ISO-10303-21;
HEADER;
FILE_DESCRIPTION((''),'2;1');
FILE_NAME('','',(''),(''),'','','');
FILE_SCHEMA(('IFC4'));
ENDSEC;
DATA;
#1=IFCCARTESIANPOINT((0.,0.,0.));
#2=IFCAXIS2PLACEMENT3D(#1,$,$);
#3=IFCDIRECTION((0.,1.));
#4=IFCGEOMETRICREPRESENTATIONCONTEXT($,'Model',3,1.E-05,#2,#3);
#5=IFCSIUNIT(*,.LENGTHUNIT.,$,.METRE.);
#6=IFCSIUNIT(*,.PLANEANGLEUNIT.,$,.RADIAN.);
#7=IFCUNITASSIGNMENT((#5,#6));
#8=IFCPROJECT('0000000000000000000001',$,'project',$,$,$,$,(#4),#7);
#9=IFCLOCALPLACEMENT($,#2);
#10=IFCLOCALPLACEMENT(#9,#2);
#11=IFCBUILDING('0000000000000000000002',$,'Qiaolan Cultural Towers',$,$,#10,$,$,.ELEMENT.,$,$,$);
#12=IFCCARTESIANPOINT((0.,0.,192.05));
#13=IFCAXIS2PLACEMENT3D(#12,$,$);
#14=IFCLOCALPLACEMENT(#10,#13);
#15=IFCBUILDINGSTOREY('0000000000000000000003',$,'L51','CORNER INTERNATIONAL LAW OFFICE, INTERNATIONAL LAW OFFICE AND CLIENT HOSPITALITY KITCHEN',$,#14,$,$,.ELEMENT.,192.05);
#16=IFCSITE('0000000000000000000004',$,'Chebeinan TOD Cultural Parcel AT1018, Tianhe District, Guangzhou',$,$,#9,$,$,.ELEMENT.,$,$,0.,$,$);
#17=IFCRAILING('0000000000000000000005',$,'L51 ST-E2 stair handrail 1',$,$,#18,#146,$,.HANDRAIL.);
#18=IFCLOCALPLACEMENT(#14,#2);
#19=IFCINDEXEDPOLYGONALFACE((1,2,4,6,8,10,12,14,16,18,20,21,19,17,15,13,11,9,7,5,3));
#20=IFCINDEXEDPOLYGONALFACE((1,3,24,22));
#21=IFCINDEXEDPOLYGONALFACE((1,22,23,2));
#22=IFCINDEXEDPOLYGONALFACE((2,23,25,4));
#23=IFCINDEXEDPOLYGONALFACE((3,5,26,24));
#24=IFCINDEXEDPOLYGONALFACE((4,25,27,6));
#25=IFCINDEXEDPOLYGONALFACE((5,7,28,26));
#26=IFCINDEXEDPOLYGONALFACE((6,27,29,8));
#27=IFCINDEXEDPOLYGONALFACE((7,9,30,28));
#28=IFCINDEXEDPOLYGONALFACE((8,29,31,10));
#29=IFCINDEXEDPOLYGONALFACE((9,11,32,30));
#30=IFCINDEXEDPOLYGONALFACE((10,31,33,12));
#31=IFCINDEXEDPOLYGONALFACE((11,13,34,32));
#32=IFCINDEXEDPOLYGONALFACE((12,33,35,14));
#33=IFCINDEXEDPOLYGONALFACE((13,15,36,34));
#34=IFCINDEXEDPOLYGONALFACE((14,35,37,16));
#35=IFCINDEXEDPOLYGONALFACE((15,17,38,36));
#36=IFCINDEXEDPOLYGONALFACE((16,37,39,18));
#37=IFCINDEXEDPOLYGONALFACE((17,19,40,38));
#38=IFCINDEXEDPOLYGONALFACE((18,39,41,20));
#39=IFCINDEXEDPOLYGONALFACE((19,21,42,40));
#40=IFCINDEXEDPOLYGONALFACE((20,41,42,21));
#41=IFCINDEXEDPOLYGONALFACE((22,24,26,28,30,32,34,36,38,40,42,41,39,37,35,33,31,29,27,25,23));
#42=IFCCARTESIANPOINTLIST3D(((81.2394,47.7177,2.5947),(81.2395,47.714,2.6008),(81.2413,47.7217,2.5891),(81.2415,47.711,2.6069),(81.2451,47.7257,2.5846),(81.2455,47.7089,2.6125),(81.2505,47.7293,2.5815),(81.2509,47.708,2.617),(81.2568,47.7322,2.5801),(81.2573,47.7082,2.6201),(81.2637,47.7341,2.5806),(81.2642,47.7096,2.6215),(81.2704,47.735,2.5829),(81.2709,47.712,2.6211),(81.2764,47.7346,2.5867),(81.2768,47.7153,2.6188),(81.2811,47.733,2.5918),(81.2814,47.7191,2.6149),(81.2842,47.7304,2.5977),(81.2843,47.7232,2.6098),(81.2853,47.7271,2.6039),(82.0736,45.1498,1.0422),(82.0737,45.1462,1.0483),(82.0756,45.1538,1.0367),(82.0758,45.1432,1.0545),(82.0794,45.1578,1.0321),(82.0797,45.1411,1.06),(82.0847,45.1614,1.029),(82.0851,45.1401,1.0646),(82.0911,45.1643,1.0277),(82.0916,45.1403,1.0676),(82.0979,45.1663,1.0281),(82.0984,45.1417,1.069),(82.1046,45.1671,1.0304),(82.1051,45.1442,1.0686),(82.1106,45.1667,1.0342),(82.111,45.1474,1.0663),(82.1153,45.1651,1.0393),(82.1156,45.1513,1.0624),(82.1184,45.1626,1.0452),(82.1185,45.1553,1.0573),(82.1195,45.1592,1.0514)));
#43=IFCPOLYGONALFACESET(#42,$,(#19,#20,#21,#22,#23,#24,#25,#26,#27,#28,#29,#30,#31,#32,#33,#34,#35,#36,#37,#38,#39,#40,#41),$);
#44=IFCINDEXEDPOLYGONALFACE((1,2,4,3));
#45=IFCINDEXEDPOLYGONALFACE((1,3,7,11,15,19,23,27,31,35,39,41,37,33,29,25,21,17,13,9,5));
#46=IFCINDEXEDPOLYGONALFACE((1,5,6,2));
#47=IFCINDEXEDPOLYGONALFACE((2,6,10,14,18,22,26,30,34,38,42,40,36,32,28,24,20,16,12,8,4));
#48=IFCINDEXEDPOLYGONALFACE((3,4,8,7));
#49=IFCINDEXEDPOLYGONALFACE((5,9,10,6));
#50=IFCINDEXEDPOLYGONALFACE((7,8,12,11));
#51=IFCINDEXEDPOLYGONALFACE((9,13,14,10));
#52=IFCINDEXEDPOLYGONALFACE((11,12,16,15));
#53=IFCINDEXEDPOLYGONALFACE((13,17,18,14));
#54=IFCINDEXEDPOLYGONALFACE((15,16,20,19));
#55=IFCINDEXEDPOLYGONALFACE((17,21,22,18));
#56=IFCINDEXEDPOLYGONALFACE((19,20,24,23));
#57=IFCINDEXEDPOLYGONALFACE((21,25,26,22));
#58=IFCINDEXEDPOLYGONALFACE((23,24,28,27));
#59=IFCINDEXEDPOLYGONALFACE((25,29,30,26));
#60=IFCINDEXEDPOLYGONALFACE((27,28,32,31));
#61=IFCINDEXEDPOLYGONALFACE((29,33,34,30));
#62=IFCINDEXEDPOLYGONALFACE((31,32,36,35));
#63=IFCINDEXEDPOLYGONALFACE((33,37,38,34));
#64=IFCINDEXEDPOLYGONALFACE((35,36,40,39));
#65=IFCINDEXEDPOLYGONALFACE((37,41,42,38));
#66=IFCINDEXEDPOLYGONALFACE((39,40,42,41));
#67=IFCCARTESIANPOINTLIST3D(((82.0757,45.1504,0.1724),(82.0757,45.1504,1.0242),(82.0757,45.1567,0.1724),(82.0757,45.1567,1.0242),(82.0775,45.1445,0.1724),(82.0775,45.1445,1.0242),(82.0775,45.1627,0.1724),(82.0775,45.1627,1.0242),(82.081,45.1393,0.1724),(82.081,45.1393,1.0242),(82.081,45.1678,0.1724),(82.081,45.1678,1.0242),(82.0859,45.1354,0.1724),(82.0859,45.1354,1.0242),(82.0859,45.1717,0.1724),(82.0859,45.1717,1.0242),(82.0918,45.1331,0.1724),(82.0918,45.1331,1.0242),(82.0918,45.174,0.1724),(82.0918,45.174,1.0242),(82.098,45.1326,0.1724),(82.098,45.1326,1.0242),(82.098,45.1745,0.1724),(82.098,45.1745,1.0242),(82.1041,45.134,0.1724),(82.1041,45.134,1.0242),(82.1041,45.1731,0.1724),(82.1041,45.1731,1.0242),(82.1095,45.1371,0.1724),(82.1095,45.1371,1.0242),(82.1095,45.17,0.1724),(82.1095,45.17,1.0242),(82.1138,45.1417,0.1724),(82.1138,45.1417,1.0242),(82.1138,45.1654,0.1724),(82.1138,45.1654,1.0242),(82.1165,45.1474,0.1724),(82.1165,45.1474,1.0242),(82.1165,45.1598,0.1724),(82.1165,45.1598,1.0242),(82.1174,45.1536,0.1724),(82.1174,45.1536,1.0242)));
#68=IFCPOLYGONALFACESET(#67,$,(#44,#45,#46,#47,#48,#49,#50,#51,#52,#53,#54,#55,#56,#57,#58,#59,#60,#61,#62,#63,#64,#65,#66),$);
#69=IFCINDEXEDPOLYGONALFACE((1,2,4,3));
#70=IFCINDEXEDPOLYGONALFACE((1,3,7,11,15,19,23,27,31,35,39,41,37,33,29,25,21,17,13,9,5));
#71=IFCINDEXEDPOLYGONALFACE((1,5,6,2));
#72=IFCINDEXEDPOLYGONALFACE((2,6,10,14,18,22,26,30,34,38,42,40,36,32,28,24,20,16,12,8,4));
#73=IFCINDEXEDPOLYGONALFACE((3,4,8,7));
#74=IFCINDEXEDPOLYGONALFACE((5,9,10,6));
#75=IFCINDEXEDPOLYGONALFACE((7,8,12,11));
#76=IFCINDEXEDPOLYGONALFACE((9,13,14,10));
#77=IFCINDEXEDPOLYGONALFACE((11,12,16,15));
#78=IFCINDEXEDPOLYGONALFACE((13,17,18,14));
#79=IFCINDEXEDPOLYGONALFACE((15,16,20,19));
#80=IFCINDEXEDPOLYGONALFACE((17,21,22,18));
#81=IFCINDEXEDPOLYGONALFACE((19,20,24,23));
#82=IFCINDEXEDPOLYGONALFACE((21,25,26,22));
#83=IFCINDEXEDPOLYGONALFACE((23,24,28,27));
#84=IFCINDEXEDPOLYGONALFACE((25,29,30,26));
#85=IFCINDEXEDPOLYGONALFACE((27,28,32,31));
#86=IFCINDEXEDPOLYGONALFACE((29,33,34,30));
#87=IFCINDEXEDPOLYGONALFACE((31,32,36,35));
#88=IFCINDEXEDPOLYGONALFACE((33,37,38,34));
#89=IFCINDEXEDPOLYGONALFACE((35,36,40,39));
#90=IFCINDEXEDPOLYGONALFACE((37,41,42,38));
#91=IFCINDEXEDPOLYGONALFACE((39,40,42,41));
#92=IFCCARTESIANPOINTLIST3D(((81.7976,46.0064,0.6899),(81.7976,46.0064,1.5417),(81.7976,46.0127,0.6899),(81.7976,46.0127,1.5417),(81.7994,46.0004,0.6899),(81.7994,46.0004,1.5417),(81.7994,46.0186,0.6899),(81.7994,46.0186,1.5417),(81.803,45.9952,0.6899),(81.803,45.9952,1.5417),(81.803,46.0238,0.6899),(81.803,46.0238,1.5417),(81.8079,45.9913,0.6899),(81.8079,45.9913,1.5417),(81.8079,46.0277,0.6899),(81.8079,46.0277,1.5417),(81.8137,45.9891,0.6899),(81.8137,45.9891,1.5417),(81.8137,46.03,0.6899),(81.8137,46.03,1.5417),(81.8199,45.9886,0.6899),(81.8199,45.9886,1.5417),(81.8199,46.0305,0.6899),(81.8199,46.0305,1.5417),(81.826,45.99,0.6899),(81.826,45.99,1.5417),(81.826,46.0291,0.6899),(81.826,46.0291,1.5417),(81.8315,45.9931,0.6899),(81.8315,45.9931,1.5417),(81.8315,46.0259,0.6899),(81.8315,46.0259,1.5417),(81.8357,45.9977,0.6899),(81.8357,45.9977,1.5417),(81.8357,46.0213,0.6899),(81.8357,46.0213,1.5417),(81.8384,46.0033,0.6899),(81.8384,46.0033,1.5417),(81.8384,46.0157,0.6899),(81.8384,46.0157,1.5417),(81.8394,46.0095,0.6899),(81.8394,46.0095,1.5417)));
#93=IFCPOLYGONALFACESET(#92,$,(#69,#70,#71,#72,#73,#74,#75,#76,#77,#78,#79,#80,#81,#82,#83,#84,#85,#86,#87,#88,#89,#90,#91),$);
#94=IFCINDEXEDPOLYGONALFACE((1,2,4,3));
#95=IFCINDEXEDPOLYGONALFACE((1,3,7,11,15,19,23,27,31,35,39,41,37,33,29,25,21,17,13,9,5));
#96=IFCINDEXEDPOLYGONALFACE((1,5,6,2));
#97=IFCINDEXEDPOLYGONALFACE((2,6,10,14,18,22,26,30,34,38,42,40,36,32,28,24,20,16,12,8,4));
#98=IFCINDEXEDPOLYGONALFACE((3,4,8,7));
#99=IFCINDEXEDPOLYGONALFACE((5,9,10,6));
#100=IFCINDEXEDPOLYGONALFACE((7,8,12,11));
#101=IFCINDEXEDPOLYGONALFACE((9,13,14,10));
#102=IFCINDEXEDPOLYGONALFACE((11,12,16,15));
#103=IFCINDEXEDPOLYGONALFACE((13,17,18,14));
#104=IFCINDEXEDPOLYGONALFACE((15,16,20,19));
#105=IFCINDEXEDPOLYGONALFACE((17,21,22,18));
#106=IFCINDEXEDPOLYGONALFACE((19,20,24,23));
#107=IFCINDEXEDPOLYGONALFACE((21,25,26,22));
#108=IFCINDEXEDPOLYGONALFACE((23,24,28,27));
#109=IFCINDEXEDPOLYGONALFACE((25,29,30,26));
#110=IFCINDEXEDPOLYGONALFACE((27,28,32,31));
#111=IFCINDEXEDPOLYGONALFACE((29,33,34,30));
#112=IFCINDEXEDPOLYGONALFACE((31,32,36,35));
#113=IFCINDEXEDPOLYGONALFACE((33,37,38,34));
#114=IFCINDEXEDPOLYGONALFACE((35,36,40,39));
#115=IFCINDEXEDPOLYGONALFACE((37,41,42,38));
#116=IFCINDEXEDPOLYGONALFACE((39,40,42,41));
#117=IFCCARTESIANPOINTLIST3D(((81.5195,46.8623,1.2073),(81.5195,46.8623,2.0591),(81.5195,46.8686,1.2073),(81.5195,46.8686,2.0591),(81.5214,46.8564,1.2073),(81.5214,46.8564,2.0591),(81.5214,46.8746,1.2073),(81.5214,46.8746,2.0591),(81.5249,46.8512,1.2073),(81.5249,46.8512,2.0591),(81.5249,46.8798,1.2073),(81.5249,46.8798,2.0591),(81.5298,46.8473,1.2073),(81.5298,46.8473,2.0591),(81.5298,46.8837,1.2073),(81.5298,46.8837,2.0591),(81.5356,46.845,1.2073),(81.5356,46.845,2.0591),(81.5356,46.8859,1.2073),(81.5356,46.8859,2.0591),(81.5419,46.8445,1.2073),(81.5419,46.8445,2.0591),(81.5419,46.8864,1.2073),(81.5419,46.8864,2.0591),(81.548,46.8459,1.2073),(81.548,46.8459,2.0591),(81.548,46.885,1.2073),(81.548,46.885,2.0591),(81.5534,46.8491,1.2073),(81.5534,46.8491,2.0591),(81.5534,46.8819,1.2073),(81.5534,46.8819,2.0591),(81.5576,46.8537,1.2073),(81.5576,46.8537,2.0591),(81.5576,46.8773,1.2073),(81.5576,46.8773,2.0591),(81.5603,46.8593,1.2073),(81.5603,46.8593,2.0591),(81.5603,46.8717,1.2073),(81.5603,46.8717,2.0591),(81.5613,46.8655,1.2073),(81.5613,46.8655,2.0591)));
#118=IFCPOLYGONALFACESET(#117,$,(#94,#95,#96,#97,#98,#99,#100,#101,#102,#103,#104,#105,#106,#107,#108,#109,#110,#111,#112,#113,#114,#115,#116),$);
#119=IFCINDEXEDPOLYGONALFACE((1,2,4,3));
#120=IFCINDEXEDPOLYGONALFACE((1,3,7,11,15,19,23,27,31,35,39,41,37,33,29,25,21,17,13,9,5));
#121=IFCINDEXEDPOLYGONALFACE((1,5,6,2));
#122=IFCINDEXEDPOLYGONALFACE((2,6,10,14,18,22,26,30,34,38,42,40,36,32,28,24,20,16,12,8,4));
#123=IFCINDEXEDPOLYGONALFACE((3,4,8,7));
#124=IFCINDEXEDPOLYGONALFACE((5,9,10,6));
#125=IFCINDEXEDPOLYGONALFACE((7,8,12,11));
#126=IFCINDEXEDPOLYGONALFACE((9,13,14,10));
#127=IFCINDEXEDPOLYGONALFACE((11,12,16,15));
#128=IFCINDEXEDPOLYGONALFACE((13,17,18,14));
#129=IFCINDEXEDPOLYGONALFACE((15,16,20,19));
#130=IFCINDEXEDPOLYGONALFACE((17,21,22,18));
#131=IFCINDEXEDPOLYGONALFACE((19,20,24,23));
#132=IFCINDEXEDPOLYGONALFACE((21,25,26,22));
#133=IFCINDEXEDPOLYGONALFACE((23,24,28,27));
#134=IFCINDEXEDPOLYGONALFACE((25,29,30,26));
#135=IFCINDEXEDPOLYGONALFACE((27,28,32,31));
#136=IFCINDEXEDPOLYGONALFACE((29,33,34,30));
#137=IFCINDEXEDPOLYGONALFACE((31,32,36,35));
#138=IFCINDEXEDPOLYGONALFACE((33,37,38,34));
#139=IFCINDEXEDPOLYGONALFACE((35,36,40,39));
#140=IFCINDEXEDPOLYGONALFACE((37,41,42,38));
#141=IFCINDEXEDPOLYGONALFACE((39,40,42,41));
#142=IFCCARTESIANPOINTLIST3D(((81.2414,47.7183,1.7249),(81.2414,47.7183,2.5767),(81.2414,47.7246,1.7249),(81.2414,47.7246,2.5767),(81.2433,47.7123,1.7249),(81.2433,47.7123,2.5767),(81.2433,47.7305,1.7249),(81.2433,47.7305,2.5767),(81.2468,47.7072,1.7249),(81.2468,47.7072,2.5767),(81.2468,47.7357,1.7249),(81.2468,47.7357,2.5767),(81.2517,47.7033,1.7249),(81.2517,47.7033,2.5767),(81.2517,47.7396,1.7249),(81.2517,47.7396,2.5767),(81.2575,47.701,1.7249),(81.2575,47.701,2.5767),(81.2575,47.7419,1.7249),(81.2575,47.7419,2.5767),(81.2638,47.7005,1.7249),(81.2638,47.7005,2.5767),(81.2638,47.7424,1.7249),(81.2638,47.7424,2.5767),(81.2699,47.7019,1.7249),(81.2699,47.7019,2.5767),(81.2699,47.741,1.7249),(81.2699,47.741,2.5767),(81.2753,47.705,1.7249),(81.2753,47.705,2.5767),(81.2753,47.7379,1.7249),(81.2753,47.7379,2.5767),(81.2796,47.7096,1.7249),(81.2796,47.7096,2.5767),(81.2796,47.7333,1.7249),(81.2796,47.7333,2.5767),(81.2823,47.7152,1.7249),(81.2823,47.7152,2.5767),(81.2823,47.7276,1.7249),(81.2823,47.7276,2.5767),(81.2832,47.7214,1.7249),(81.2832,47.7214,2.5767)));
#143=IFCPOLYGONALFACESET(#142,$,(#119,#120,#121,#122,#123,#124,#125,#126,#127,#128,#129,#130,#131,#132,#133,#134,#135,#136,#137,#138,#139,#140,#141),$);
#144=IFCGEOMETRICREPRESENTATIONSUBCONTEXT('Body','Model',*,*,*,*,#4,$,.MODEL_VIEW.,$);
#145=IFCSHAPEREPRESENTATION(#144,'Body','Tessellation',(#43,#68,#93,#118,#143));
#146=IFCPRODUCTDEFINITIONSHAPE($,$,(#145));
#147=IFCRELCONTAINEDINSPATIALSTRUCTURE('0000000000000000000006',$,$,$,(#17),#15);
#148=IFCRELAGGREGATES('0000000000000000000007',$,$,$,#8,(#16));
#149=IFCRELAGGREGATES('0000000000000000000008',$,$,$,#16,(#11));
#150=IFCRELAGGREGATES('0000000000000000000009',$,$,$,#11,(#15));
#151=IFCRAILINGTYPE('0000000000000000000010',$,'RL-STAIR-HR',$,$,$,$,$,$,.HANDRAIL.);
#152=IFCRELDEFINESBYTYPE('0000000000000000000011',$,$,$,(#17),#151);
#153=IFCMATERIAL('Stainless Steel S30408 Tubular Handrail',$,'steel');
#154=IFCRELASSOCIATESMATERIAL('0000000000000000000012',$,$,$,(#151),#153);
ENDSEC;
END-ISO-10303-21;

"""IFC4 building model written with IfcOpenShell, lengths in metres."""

from ifc_helpers import new_model, si_unit, direction, frame, origin, origin_2d, place, context, subcontext, project, spatial, circle, extrude, material, type_object, element, save


model = new_model("IFC4")

# Units and contexts
model_context = context("Model", 3, precision=1e-05, world=origin(), true_north=direction((0.0, 1.0)))
body_context = subcontext(model_context, "Body", "Model", "MODEL_VIEW")
ifc_project = project(units=[si_unit("LENGTHUNIT", "METRE"), si_unit("PLANEANGLEUNIT", "RADIAN")], contexts=[model_context])

# Site, building, storey
site_placement = place(None, origin())
site = spatial("IfcSite", under=ifc_project, at=site_placement, Name="Chebeinan TOD Cultural Parcel AT1018, Tianhe District, Guangzhou", CompositionType="ELEMENT", RefElevation=0.0)
building_placement = place(site_placement, origin())
building = spatial("IfcBuilding", under=site, at=building_placement, Name="Qiaolan Cultural Towers", CompositionType="ELEMENT")
storey_placement = place(building_placement, frame((0.0, 0.0, 192.05)))
storey = spatial("IfcBuildingStorey", under=building, at=storey_placement, Name="L51", Description="CORNER INTERNATIONAL LAW OFFICE, INTERNATIONAL LAW OFFICE AND CLIENT HOSPITALITY KITCHEN", CompositionType="ELEMENT", Elevation=192.05)

# Railing
ifc_material_1 = material(Name="Stainless Steel S30408 Tubular Handrail", Category="steel")
railing_type_1 = type_object("IfcRailingType", Name="RL-STAIR-HR", PredefinedType="HANDRAIL", material=ifc_material_1)
railing_1_placement = place(storey_placement, frame((82.0964, 45.1536, 0.1724)))
element("IfcRailing", 1, at=railing_1_placement, inside=storey, type_object=railing_type_1, Name="L51 ST-E2 stair handrail 1", PredefinedType="HANDRAIL", context=body_context, shape_type="SweptSolid", body=[
    extrude(circle(Radius=0.0239, at=origin_2d()), frame((0.0, 0.0, 0.876), z_axis=(-0.267853, 0.824488, 0.498471), x_axis=(-0.95107, -0.308976, 0.0)), (0.0, 0.0, 1.0), 3.1145),
    extrude(circle(Radius=0.021, at=origin_2d()), origin(), (0.0, 0.0, 1.0), 0.8518),
    extrude(circle(Radius=0.021, at=origin_2d()), frame((-0.2781, 0.856, 0.5176)), (0.0, 0.0, 1.0), 0.8518),
    extrude(circle(Radius=0.021, at=origin_2d()), frame((-0.5562, 1.7119, 1.0349)), (0.0, 0.0, 1.0), 0.8518),
    extrude(circle(Radius=0.021, at=origin_2d()), frame((-0.8342, 2.5679, 1.5525)), (0.0, 0.0, 1.0), 0.8518),
])

save(model, "model.ifc")
